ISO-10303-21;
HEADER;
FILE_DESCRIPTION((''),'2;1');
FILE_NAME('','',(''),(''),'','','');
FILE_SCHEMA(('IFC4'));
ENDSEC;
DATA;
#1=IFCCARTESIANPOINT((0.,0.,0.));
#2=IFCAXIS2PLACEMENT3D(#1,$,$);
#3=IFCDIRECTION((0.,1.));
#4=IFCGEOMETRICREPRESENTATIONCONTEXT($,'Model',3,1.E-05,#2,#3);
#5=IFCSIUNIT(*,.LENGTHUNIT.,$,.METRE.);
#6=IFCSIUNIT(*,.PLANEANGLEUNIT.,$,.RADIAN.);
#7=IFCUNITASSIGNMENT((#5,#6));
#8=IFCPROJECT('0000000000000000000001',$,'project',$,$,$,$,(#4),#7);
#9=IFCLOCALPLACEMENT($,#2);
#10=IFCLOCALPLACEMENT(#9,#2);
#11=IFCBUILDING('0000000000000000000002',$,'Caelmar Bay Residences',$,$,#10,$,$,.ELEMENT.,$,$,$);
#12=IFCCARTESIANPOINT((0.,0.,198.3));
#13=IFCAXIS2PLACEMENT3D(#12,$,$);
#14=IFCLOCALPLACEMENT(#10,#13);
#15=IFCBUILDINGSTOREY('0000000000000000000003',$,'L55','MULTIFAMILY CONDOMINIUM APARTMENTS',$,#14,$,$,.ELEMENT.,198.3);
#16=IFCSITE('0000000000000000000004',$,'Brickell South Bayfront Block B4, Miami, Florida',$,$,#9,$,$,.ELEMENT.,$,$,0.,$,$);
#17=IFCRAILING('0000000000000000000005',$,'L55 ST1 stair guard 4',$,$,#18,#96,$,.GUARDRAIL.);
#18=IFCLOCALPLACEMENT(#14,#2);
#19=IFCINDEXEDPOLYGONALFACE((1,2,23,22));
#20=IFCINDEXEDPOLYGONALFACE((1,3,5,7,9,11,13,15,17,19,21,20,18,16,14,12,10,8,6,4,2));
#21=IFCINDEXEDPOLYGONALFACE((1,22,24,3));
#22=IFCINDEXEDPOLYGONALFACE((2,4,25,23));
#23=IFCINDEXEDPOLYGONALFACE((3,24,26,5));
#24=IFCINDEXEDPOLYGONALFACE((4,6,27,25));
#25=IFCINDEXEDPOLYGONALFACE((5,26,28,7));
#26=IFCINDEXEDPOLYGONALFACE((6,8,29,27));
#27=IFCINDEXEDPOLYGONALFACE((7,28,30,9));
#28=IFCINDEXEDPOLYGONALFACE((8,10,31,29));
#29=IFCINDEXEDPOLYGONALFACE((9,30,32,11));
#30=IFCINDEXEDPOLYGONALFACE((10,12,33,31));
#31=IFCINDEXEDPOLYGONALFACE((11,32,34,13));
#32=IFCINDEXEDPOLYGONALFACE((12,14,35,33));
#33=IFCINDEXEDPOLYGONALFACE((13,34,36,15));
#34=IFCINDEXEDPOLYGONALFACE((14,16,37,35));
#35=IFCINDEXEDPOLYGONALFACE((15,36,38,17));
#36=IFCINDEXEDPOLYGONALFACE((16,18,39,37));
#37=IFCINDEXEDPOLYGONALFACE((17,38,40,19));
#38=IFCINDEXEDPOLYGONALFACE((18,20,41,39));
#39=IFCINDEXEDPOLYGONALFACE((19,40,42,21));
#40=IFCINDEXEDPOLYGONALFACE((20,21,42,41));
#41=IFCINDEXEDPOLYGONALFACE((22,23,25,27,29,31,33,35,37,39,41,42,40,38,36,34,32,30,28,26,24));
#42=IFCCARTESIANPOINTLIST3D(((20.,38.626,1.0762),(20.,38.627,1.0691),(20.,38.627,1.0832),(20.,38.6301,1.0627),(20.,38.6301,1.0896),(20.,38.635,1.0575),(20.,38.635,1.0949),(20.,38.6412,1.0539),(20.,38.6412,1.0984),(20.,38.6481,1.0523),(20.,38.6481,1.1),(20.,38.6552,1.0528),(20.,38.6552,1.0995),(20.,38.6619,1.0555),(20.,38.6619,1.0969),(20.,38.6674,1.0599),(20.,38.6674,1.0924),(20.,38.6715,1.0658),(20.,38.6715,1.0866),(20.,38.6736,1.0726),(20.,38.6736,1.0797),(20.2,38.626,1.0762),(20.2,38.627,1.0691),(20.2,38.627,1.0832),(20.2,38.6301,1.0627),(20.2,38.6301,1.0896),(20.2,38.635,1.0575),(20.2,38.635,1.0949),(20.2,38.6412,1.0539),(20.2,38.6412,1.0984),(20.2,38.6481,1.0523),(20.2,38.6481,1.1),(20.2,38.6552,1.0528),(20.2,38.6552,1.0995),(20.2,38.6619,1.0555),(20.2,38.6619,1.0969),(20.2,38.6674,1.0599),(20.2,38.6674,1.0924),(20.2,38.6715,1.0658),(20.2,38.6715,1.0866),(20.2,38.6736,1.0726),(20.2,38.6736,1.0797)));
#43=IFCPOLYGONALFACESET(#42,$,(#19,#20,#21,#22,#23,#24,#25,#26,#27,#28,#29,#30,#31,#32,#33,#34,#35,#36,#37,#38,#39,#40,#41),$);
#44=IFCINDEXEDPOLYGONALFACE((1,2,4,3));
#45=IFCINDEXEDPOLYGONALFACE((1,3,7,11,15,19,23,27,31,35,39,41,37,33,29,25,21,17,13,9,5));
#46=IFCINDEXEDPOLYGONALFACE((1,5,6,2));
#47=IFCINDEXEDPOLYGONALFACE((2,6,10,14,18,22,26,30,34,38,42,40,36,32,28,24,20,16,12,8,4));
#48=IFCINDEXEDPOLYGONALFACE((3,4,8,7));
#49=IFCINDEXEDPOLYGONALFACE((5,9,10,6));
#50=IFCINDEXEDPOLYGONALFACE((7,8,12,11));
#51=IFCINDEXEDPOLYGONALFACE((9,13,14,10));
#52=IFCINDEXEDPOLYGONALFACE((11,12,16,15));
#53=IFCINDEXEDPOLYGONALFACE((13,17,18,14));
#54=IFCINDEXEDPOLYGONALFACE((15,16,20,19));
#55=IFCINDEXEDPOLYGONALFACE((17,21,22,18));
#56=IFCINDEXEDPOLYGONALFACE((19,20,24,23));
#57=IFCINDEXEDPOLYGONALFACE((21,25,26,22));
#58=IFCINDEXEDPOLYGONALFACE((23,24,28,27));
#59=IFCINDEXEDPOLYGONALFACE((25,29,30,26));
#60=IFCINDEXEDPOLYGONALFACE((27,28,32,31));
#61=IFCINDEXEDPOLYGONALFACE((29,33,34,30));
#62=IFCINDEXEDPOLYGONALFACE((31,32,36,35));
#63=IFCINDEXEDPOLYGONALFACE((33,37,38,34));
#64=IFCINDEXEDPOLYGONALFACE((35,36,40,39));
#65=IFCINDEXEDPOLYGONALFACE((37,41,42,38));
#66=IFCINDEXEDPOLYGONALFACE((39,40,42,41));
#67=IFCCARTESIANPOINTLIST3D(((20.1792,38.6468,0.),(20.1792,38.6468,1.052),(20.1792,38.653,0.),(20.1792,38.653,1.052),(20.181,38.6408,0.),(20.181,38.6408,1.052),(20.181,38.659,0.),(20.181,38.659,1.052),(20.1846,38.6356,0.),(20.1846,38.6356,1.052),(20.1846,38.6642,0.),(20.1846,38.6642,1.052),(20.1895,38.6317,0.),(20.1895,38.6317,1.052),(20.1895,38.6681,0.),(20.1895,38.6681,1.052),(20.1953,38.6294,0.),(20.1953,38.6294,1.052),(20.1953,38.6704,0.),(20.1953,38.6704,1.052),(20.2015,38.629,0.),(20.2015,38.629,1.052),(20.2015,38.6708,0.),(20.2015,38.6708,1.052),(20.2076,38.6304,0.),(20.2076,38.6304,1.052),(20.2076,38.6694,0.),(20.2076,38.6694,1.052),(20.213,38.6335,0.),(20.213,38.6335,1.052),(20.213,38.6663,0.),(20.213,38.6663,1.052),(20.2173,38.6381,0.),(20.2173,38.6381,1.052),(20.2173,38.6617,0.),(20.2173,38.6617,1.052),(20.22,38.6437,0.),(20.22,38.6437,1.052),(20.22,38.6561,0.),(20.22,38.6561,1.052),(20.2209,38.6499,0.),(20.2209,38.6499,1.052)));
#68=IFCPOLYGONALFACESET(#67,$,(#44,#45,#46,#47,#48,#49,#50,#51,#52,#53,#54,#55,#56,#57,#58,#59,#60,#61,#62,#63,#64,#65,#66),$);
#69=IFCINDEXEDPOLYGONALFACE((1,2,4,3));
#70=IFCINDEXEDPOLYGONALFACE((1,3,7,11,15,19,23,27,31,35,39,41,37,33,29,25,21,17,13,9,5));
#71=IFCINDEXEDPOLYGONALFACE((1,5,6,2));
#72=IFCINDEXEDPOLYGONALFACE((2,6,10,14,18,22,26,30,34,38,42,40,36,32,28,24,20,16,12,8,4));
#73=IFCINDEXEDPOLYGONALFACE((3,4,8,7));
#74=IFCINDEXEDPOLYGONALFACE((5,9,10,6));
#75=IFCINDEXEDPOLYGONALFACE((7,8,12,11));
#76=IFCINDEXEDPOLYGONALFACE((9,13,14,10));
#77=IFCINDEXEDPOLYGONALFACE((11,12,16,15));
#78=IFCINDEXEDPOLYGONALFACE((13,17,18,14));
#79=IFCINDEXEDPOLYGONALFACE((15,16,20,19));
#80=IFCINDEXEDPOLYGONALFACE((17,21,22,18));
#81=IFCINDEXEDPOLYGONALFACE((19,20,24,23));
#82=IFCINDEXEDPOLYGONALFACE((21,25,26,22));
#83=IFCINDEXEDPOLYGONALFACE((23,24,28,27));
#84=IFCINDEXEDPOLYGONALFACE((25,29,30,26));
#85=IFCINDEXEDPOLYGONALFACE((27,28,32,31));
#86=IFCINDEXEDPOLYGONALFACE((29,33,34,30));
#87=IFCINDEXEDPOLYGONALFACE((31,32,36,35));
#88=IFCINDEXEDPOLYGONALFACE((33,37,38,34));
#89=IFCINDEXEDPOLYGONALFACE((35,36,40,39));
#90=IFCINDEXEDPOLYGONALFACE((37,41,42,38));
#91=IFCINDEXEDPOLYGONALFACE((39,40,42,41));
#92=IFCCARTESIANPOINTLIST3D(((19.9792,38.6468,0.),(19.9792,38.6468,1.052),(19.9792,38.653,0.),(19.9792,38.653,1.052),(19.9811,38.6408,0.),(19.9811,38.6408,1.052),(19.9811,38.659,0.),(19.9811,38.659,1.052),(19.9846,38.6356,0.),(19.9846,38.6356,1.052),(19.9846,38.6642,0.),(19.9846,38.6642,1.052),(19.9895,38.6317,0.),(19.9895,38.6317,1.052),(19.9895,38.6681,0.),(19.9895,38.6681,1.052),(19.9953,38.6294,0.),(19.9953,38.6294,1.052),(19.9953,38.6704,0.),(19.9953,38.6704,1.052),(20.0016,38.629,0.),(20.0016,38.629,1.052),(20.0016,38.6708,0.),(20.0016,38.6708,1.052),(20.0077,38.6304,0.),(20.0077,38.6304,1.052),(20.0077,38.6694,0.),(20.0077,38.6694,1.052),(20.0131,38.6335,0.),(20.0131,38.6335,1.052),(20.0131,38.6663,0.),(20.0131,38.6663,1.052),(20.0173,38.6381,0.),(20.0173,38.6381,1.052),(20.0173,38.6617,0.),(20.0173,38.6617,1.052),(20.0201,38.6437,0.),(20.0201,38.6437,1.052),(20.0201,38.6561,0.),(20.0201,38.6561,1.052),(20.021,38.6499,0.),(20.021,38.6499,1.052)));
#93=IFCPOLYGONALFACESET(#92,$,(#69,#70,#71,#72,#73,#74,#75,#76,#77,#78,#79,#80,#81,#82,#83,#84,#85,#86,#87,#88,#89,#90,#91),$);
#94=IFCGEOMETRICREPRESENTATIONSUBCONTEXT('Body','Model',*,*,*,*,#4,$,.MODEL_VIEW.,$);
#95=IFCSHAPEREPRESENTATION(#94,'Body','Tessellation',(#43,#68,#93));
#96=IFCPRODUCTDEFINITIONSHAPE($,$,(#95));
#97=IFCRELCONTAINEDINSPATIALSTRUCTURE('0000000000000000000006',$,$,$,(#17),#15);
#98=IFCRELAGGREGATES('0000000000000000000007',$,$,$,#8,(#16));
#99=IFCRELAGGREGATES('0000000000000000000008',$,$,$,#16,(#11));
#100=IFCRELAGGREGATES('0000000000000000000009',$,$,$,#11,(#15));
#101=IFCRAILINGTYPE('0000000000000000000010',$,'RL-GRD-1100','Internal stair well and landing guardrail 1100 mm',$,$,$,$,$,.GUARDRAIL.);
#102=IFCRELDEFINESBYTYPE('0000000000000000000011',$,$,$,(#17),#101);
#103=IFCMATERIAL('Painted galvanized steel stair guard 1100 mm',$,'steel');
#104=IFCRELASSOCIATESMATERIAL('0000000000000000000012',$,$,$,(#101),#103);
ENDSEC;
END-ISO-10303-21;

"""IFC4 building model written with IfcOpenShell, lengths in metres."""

from ifc_helpers import new_model, si_unit, direction, frame, origin, origin_2d, place, context, subcontext, project, spatial, circle, extrude, material, type_object, element, save


model = new_model("IFC4")

# Units and contexts
model_context = context("Model", 3, precision=1e-05, world=origin(), true_north=direction((0.0, 1.0)))
body_context = subcontext(model_context, "Body", "Model", "MODEL_VIEW")
ifc_project = project(units=[si_unit("LENGTHUNIT", "METRE"), si_unit("PLANEANGLEUNIT", "RADIAN")], contexts=[model_context])

# Site, building, storey
site_placement = place(None, origin())
site = spatial("IfcSite", under=ifc_project, at=site_placement, Name="Brickell South Bayfront Block B4, Miami, Florida", CompositionType="ELEMENT", RefElevation=0.0)
building_placement = place(site_placement, origin())
building = spatial("IfcBuilding", under=site, at=building_placement, Name="Caelmar Bay Residences", CompositionType="ELEMENT")
storey_placement = place(building_placement, frame((0.0, 0.0, 198.3)))
storey = spatial("IfcBuildingStorey", under=building, at=storey_placement, Name="L55", Description="MULTIFAMILY CONDOMINIUM APARTMENTS", CompositionType="ELEMENT", Elevation=198.3)

# Railing
ifc_material_1 = material(Name="Painted galvanized steel stair guard 1100 mm", Category="steel")
railing_type = type_object("IfcRailingType", Name="RL-GRD-1100", Description="Internal stair well and landing guardrail 1100 mm", PredefinedType="GUARDRAIL", material=ifc_material_1)
railing_placement = place(storey_placement, frame((20.2, 38.6499, 0.0)))
element("IfcRailing", 1, at=railing_placement, inside=storey, type_object=railing_type, Name="L55 ST1 stair guard 4", PredefinedType="GUARDRAIL", context=body_context, shape_type="SweptSolid", body=[
    extrude(circle(Radius=0.0239, at=origin_2d()), frame((0.0, 0.0, 1.0762), z_axis=(-1.0, 0.0, 0.0), x_axis=(0.0, -1.0, 0.0)), (0.0, 0.0, 1.0), 0.2),
    extrude(circle(Radius=0.021, at=origin_2d()), origin(), (0.0, 0.0, 1.0), 1.052),
    extrude(circle(Radius=0.021, at=origin_2d()), frame((-0.2, 0.0, 0.0)), (0.0, 0.0, 1.0), 1.052),
])

save(model, "model.ifc")
